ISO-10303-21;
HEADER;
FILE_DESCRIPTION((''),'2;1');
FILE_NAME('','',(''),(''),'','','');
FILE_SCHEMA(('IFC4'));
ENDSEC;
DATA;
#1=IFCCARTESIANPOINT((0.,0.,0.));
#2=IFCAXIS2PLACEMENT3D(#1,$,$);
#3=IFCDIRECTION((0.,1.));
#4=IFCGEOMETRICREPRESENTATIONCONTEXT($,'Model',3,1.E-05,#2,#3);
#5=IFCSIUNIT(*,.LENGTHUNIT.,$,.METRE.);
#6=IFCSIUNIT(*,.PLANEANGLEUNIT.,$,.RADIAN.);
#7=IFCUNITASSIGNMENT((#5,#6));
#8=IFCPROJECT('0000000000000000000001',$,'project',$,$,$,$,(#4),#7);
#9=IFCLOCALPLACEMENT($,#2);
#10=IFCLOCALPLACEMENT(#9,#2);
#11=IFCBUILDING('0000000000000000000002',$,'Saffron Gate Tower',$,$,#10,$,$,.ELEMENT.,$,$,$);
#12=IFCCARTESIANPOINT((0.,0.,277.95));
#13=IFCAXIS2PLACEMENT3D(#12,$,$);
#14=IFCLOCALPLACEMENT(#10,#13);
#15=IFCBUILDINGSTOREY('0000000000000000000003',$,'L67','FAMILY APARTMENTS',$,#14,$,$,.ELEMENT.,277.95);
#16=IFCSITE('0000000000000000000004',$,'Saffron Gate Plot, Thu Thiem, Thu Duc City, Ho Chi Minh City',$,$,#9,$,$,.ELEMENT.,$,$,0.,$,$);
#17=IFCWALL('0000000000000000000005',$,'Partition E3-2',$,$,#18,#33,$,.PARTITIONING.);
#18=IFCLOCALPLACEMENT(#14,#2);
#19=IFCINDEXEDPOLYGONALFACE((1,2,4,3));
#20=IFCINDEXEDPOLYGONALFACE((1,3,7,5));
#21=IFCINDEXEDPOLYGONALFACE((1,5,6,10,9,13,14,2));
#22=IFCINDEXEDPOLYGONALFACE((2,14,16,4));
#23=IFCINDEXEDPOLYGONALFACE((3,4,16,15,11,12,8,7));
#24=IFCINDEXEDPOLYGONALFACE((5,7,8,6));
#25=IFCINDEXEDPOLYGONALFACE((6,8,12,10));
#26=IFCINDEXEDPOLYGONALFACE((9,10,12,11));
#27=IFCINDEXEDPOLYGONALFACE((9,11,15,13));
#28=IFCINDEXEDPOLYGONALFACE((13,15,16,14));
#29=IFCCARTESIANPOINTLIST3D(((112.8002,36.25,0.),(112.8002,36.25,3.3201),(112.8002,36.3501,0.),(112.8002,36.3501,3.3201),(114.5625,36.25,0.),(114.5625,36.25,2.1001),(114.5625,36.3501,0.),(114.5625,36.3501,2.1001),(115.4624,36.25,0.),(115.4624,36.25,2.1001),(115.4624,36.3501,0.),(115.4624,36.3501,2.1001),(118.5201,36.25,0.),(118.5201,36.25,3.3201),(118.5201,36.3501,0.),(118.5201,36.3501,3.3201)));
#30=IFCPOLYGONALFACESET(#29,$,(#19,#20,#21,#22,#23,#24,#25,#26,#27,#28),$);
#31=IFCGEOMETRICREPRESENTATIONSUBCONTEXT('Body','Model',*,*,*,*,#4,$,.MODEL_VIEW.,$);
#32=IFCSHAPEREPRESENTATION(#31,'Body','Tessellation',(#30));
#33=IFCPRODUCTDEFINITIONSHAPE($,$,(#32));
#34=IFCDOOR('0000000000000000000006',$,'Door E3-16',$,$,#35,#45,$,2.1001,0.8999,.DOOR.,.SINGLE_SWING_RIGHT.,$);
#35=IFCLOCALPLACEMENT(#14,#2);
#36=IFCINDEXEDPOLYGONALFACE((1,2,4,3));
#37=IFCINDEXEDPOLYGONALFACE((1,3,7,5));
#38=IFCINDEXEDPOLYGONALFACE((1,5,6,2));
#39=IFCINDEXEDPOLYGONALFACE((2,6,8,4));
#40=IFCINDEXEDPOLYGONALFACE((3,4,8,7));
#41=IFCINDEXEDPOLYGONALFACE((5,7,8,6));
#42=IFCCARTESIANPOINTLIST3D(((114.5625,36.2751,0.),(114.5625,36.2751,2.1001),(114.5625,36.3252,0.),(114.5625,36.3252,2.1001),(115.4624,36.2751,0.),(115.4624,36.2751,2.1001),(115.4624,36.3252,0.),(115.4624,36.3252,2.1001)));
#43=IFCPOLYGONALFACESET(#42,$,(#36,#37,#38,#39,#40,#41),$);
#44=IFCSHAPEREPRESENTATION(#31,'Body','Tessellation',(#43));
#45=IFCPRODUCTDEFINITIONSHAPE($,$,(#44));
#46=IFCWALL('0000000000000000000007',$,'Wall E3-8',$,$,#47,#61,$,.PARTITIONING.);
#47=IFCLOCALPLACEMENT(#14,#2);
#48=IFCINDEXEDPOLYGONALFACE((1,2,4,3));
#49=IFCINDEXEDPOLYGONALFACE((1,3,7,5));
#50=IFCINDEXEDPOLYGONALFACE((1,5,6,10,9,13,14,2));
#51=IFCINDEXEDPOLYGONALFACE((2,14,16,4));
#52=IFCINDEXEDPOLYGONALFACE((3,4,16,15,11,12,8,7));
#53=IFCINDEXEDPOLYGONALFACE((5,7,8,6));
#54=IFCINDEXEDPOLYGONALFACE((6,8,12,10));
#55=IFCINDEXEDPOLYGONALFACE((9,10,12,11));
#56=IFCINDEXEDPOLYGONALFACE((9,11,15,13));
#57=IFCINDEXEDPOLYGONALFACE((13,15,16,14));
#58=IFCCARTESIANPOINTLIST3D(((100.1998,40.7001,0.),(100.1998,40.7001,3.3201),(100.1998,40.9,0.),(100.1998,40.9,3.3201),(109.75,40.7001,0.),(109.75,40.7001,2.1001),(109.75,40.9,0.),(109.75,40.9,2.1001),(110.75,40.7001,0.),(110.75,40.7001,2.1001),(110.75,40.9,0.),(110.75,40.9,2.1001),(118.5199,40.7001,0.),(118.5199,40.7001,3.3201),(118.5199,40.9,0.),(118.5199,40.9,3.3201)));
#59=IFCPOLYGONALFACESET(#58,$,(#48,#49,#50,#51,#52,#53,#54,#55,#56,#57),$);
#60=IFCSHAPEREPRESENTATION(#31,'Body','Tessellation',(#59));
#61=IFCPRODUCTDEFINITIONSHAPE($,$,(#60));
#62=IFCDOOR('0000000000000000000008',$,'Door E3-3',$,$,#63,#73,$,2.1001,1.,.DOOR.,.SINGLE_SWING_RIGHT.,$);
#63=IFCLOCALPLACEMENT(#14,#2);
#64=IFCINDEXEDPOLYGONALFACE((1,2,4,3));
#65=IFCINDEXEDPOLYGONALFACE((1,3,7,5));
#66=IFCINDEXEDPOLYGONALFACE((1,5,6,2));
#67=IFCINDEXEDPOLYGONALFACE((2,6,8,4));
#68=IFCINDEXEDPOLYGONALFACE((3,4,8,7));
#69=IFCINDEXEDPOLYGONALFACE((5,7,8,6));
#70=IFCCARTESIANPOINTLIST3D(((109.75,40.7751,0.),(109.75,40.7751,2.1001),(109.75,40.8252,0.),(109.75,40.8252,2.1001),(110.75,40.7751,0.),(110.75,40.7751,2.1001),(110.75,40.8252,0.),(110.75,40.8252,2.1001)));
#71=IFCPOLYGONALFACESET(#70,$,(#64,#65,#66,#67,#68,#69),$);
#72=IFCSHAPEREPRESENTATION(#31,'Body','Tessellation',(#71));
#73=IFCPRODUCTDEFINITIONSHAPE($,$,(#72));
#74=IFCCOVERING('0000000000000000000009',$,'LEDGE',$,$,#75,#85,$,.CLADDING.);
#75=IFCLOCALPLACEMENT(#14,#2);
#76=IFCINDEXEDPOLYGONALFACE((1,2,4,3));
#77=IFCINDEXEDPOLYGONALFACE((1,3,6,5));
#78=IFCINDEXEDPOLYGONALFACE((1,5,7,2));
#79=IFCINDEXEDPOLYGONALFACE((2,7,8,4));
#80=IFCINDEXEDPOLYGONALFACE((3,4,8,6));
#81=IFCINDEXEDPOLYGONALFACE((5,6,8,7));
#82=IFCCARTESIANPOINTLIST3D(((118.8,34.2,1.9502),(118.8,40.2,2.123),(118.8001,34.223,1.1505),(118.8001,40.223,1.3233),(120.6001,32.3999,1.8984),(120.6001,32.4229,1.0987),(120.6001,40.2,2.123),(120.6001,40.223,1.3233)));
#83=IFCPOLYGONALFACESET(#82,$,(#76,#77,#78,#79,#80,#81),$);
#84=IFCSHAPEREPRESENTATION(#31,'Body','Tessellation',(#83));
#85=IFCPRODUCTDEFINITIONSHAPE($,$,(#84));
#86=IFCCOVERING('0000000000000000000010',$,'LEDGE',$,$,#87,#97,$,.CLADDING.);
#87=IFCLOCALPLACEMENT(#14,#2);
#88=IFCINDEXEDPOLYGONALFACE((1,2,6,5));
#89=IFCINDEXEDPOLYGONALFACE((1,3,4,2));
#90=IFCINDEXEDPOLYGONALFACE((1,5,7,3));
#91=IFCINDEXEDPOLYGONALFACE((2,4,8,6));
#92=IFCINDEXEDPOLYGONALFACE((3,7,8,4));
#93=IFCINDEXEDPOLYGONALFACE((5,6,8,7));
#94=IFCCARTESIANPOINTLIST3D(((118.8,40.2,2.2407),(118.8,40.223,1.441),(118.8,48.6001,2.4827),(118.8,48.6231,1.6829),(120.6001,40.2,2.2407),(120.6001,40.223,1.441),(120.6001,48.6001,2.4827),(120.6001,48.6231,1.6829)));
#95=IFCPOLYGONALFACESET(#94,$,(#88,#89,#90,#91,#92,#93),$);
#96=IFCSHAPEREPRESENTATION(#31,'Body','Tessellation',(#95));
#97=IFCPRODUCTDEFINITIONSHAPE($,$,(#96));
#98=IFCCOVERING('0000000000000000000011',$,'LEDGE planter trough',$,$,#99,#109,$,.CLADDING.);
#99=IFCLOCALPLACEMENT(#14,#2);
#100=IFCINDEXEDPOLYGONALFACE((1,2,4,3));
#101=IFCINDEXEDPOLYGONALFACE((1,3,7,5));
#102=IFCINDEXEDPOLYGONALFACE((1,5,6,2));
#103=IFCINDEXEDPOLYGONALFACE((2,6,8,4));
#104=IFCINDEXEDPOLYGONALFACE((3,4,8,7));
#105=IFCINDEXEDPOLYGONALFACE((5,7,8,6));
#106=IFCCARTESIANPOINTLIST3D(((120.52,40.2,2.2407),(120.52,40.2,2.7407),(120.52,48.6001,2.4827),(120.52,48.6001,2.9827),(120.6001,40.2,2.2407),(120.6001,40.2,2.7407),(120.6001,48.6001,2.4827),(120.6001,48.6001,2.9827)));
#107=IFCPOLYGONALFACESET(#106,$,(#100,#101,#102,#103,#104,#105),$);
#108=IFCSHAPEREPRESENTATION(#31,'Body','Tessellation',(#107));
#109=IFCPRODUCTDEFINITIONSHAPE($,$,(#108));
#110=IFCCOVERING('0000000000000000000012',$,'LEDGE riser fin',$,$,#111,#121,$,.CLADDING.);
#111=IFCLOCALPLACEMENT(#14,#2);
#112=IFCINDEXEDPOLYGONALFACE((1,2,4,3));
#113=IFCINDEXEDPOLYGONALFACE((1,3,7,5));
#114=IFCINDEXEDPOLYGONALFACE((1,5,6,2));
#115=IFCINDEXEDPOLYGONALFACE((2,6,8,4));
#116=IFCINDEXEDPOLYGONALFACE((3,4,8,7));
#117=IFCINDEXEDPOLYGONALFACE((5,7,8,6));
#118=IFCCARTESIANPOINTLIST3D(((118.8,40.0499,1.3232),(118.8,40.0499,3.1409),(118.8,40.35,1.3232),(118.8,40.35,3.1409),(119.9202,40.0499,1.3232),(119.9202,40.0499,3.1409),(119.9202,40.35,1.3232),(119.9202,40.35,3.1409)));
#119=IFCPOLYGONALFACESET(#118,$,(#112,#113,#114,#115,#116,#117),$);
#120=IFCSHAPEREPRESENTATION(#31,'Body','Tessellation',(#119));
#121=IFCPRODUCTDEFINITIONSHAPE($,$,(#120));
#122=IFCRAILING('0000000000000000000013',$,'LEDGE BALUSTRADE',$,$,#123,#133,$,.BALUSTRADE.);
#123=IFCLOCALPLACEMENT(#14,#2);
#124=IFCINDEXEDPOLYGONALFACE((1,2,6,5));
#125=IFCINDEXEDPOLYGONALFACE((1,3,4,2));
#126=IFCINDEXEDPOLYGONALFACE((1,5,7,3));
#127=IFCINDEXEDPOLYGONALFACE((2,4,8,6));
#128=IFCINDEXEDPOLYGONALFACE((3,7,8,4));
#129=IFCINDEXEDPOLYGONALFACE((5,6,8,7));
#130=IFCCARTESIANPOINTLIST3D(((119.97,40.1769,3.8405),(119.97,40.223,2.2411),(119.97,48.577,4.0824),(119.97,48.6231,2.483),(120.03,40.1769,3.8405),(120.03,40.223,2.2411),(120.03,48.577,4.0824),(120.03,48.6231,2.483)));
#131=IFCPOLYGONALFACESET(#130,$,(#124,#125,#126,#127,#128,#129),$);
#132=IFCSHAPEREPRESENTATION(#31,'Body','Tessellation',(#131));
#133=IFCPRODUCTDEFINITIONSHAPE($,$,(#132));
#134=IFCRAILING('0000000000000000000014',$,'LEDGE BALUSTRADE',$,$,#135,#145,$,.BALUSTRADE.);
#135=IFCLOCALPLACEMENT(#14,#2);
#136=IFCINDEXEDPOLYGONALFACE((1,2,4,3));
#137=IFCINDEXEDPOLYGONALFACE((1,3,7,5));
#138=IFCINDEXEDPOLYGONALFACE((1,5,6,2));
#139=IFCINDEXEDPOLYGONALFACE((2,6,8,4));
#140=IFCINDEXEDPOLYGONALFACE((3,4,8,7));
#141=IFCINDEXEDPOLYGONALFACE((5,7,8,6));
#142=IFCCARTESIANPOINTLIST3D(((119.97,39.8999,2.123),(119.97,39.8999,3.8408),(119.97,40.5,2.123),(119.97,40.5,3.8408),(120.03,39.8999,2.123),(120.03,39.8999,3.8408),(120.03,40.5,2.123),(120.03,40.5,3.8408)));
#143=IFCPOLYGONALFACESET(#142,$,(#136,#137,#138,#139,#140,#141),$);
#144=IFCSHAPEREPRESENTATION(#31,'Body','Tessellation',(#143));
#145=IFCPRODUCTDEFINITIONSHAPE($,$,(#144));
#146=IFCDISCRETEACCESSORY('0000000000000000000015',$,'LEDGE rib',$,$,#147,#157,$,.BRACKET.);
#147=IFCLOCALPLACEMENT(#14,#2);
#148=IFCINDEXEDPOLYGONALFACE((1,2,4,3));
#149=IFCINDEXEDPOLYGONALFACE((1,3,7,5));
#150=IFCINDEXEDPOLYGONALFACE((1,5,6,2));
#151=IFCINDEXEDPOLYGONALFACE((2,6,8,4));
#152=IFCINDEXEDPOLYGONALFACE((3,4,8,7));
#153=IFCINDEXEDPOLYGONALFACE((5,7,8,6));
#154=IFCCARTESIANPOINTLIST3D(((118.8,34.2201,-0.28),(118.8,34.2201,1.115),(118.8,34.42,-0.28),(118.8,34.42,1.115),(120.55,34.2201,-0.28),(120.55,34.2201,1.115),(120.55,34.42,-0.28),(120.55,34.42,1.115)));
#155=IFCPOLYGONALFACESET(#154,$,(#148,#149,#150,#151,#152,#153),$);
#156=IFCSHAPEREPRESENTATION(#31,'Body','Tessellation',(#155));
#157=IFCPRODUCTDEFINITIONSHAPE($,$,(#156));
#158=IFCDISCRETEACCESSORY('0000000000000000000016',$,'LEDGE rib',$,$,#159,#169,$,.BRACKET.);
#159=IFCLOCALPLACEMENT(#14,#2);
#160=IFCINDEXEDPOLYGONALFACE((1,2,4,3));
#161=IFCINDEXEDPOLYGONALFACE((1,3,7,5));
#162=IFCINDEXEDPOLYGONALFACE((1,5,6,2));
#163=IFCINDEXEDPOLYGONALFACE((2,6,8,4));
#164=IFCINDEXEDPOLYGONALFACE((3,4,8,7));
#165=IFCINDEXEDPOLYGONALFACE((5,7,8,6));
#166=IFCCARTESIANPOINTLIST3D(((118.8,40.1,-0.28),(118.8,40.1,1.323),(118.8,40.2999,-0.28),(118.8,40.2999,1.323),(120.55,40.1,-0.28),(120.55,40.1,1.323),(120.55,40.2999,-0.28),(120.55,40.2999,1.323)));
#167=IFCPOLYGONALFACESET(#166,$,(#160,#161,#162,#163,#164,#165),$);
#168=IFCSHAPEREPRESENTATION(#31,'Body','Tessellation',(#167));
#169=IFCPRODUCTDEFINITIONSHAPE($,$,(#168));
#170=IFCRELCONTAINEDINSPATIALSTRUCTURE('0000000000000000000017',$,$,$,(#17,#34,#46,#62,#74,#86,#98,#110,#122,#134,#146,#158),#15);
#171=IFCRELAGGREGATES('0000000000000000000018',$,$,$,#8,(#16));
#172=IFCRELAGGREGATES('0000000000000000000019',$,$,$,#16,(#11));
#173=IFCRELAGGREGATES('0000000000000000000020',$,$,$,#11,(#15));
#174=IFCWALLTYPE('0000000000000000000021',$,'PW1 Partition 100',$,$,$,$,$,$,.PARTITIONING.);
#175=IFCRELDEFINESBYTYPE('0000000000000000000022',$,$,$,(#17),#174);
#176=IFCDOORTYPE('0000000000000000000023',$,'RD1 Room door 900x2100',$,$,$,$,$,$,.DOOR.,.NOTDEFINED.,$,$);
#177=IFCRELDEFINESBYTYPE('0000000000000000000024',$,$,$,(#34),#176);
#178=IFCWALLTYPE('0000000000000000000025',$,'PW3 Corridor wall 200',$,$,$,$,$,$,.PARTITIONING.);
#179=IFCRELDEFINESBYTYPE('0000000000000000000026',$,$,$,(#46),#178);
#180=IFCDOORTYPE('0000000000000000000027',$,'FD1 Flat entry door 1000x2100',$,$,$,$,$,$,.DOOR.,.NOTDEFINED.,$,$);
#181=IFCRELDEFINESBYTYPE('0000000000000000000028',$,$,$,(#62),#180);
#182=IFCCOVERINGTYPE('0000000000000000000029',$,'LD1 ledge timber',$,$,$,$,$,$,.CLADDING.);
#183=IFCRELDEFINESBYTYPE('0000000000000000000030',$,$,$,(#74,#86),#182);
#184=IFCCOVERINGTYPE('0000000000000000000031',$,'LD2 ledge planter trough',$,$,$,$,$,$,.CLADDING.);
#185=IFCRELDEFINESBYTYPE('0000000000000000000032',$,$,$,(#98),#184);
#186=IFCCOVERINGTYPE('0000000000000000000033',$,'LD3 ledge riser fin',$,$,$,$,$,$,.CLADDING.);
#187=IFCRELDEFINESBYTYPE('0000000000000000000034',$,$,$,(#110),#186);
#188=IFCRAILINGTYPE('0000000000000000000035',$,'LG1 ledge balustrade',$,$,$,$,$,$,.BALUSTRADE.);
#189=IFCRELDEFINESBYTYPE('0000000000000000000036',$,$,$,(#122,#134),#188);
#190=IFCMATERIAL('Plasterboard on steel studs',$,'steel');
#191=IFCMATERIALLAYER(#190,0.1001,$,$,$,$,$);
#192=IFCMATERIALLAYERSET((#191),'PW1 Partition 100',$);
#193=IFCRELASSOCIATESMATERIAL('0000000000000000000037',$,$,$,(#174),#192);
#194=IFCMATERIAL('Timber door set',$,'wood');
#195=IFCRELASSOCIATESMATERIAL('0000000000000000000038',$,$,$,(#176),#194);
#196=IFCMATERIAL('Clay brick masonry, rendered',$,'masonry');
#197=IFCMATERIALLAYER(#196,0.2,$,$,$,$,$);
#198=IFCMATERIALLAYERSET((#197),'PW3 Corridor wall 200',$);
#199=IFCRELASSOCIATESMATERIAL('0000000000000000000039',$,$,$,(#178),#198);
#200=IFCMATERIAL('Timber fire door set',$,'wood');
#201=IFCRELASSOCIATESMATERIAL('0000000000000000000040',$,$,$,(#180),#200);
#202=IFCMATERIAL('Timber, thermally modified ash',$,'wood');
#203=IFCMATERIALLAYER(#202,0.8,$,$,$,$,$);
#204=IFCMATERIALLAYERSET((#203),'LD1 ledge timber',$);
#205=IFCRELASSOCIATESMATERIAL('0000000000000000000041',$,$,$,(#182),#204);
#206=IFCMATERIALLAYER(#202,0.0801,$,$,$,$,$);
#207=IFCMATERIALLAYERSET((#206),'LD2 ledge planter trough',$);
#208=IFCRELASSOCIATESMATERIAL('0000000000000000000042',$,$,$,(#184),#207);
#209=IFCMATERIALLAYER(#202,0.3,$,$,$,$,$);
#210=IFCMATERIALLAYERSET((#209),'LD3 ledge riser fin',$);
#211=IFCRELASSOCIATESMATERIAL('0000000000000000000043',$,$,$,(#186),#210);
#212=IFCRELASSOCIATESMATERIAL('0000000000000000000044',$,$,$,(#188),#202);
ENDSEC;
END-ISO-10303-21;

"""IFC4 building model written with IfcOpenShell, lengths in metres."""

from ifc_helpers import new_model, si_unit, direction, frame, frame_2d, origin, origin_2d, place, context, subcontext, project, spatial, polyline, rectangle, outline, extrude, material, layer, layer_set, type_object, element, fill, save


model = new_model("IFC4")

# Units and contexts
model_context = context("Model", 3, precision=1e-05, world=origin(), true_north=direction((0.0, 1.0)))
body_context = subcontext(model_context, "Body", "Model", "MODEL_VIEW")
ifc_project = project(units=[si_unit("LENGTHUNIT", "METRE"), si_unit("PLANEANGLEUNIT", "RADIAN")], contexts=[model_context])

# Site, building, storey
site_placement = place(None, origin())
site = spatial("IfcSite", under=ifc_project, at=site_placement, Name="Saffron Gate Plot, Thu Thiem, Thu Duc City, Ho Chi Minh City", CompositionType="ELEMENT", RefElevation=0.0)
building_placement = place(site_placement, origin())
building = spatial("IfcBuilding", under=site, at=building_placement, Name="Saffron Gate Tower", CompositionType="ELEMENT")
storey_placement = place(building_placement, frame((0.0, 0.0, 277.95)))
storey = spatial("IfcBuildingStorey", under=building, at=storey_placement, Name="L67", Description="FAMILY APARTMENTS", CompositionType="ELEMENT", Elevation=277.95)

# Walls, openings, doors
ifc_material_1 = material(Name="Plasterboard on steel studs", Category="steel")
ifc_layer_1 = layer(ifc_material_1, 0.1001)
ifc_layer_set_1 = layer_set([ifc_layer_1], Name="PW1 Partition 100")
wall_type_1 = type_object("IfcWallType", Name="PW1 Partition 100", PredefinedType="PARTITIONING", material=ifc_layer_set_1)
wall_1_placement = place(storey_placement, frame((118.52, 36.3, 0.0), z_axis=(0.0, 0.0, 1.0), x_axis=(-1.0, 0.0, 0.0)))
wall_1 = element("IfcWall", 1, at=wall_1_placement, inside=storey, type_object=wall_type_1, Name="Partition E3-2", PredefinedType="PARTITIONING", context=body_context, shape_type="SweptSolid", body=[
    extrude(rectangle(XDim=5.72, YDim=0.1001, at=frame_2d((2.8599, 0.0))), origin(), (0.0, 0.0, 1.0), 3.3201),
])
opening_1_placement = place(wall_1_placement, frame((3.0576, 0.0, 0.0)))
opening_1 = element("IfcOpeningElement", 2, at=opening_1_placement, cuts=wall_1, PredefinedType="OPENING", context=body_context, shape_type="SweptSolid", body=[
    extrude(rectangle(XDim=0.8999, YDim=2.1001, at=frame_2d((0.45, 1.05))), frame((0.0, 0.0601, 0.0), z_axis=(0.0, -1.0, 0.0), x_axis=(1.0, 0.0, 0.0)), (0.0, 0.0, 1.0), 0.1201),
])
ifc_material_2 = material(Name="Timber door set", Category="wood")
door_type_1 = type_object("IfcDoorType", Name="RD1 Room door 900x2100", OperationType="NOTDEFINED", PredefinedType="DOOR", material=ifc_material_2)
door_1_placement = place(opening_1_placement, origin())
door_1 = element("IfcDoor", 3, at=door_1_placement, inside=storey, type_object=door_type_1, Name="Door E3-16", OperationType="SINGLE_SWING_RIGHT", OverallHeight=2.1001, OverallWidth=0.8999, PredefinedType="DOOR", context=body_context, shape_type="SweptSolid", body=[
    extrude(rectangle(XDim=0.8999, YDim=2.1001, at=frame_2d((0.45, 1.05))), frame((0.0, 0.0249, 0.0), z_axis=(0.0, -1.0, 0.0), x_axis=(1.0, 0.0, 0.0)), (0.0, 0.0, 1.0), 0.05),
])
fill(opening_1, door_1)
ifc_material_3 = material(Name="Clay brick masonry, rendered", Category="masonry")
ifc_layer_2 = layer(ifc_material_3, 0.2)
ifc_layer_set_2 = layer_set([ifc_layer_2], Name="PW3 Corridor wall 200")
wall_type_2 = type_object("IfcWallType", Name="PW3 Corridor wall 200", PredefinedType="PARTITIONING", material=ifc_layer_set_2)
wall_2_placement = place(storey_placement, frame((118.52, 40.8, 0.0), z_axis=(0.0, 0.0, 1.0), x_axis=(-1.0, 0.0, 0.0)))
wall_2 = element("IfcWall", 4, at=wall_2_placement, inside=storey, type_object=wall_type_2, Name="Wall E3-8", PredefinedType="PARTITIONING", context=body_context, shape_type="SweptSolid", body=[
    extrude(rectangle(XDim=18.3201, YDim=0.2, at=frame_2d((9.1602, 0.0))), origin(), (0.0, 0.0, 1.0), 3.3201),
])
opening_2_placement = place(wall_2_placement, frame((7.77, 0.0, 0.0)))
opening_2 = element("IfcOpeningElement", 5, at=opening_2_placement, cuts=wall_2, PredefinedType="OPENING", context=body_context, shape_type="SweptSolid", body=[
    extrude(rectangle(XDim=1.0, YDim=2.1001, at=frame_2d((0.5, 1.05))), frame((0.0, 0.1099, 0.0), z_axis=(0.0, -1.0, 0.0), x_axis=(1.0, 0.0, 0.0)), (0.0, 0.0, 1.0), 0.22),
])
ifc_material_4 = material(Name="Timber fire door set", Category="wood")
door_type_2 = type_object("IfcDoorType", Name="FD1 Flat entry door 1000x2100", OperationType="NOTDEFINED", PredefinedType="DOOR", material=ifc_material_4)
door_2_placement = place(opening_2_placement, origin())
door_2 = element("IfcDoor", 6, at=door_2_placement, inside=storey, type_object=door_type_2, Name="Door E3-3", OperationType="SINGLE_SWING_RIGHT", OverallHeight=2.1001, OverallWidth=1.0, PredefinedType="DOOR", context=body_context, shape_type="SweptSolid", body=[
    extrude(rectangle(XDim=1.0, YDim=2.1001, at=frame_2d((0.5, 1.05))), frame((0.0, 0.0249, 0.0), z_axis=(0.0, -1.0, 0.0), x_axis=(1.0, 0.0, 0.0)), (0.0, 0.0, 1.0), 0.05),
])
fill(opening_2, door_2)

# Coverings
ifc_material_5 = material(Name="Timber, thermally modified ash", Category="wood")
ifc_layer_3 = layer(ifc_material_5, 0.8)
ifc_layer_set_3 = layer_set([ifc_layer_3], Name="LD1 ledge timber")
covering_type_1 = type_object("IfcCoveringType", Name="LD1 ledge timber", PredefinedType="CLADDING", material=ifc_layer_set_3)
covering_1_placement = place(storey_placement, frame((118.8, 34.2, 1.9502), z_axis=(-0.000024, -0.028789, 0.999585), x_axis=(0.0, 0.999585, 0.028789)))
element("IfcCovering", 7, at=covering_1_placement, inside=storey, type_object=covering_type_1, Name="LEDGE", PredefinedType="CLADDING", context=body_context, shape_type="SweptSolid", body=[
    extrude(outline(polyline([(0.0, 0.0), (6.0025, 0.0), (6.0025, -1.8), (-1.8008, -1.8), (0.0, 0.0)])), origin(), (0.0, 0.0, -1.0), 0.8),
])
covering_2_placement = place(storey_placement, frame((118.8, 40.2, 2.2407), z_axis=(0.0, -0.02879, 0.999585), x_axis=(0.0, 0.999585, 0.02879)))
element("IfcCovering", 8, at=covering_2_placement, inside=storey, type_object=covering_type_1, Name="LEDGE", PredefinedType="CLADDING", context=body_context, shape_type="SweptSolid", body=[
    extrude(outline(polyline([(0.0, 0.0), (8.4036, 0.0), (8.4036, -1.8), (0.0, -1.8), (0.0, 0.0)])), origin(), (0.0, 0.0, -1.0), 0.8),
])
ifc_layer_4 = layer(ifc_material_5, 0.0801)
ifc_layer_set_4 = layer_set([ifc_layer_4], Name="LD2 ledge planter trough")
covering_type_2 = type_object("IfcCoveringType", Name="LD2 ledge planter trough", PredefinedType="CLADDING", material=ifc_layer_set_4)
covering_3_placement = place(storey_placement, frame((120.6001, 40.2, 2.2407), z_axis=(1.0, 0.0, 0.0), x_axis=(0.0, 0.999585, 0.02879)))
element("IfcCovering", 9, at=covering_3_placement, inside=storey, type_object=covering_type_2, Name="LEDGE planter trough", PredefinedType="CLADDING", context=body_context, shape_type="SweptSolid", body=[
    extrude(outline(polyline([(0.0, 0.0), (8.4036, 0.0), (8.418, 0.4998), (0.0144, 0.4998), (0.0, 0.0)])), origin(), (0.0, 0.0, -1.0), 0.0801),
])
ifc_layer_5 = layer(ifc_material_5, 0.3)
ifc_layer_set_5 = layer_set([ifc_layer_5], Name="LD3 ledge riser fin")
covering_type_3 = type_object("IfcCoveringType", Name="LD3 ledge riser fin", PredefinedType="CLADDING", material=ifc_layer_set_5)
covering_4_placement = place(storey_placement, frame((119.3601, 40.2, 1.3232), z_axis=(0.0, 0.0, 1.0), x_axis=(0.0, 1.0, 0.0)))
element("IfcCovering", 10, at=covering_4_placement, inside=storey, type_object=covering_type_3, Name="LEDGE riser fin", PredefinedType="CLADDING", context=body_context, shape_type="SweptSolid", body=[
    extrude(rectangle(XDim=0.3, YDim=1.1201, at=origin_2d()), origin(), (0.0, 0.0, 1.0), 1.8176),
])

# Railings
railing_type = type_object("IfcRailingType", Name="LG1 ledge balustrade", PredefinedType="BALUSTRADE", material=ifc_material_5)
railing_1_placement = place(storey_placement, frame((120.0, 40.2, 2.2407)))
element("IfcRailing", 11, at=railing_1_placement, inside=storey, type_object=railing_type, Name="LEDGE BALUSTRADE", PredefinedType="BALUSTRADE", context=body_context, shape_type="SweptSolid", body=[
    extrude(rectangle(XDim=0.0601, YDim=1.6001, at=origin_2d()), frame((0.0, 0.0, 0.8), z_axis=(0.0, 0.999585, 0.02879), x_axis=(-1.0, 0.0, 0.0)), (0.0, 0.0, 1.0), 8.4036),
])
railing_2_placement = place(storey_placement, frame((120.0, 39.8999, 2.123)))
element("IfcRailing", 12, at=railing_2_placement, inside=storey, type_object=railing_type, Name="LEDGE BALUSTRADE", PredefinedType="BALUSTRADE", context=body_context, shape_type="SweptSolid", body=[
    extrude(rectangle(XDim=0.0601, YDim=1.7178, at=origin_2d()), frame((0.0, 0.0, 0.8589), z_axis=(0.0, 1.0, 0.0), x_axis=(-1.0, 0.0, 0.0)), (0.0, 0.0, 1.0), 0.6001),
])

# Discrete accessories
discrete_accessory_1_placement = place(storey_placement, frame((119.675, 34.3201, -0.28), z_axis=(0.0, 0.0, 1.0), x_axis=(0.0, 1.0, 0.0)))
element("IfcDiscreteAccessory", 13, at=discrete_accessory_1_placement, inside=storey, Name="LEDGE rib", PredefinedType="BRACKET", context=body_context, shape_type="SweptSolid", body=[
    extrude(rectangle(XDim=0.2, YDim=1.75, at=origin_2d()), origin(), (0.0, 0.0, 1.0), 1.395),
])
discrete_accessory_2_placement = place(storey_placement, frame((119.675, 40.2, -0.28), z_axis=(0.0, 0.0, 1.0), x_axis=(0.0, 1.0, 0.0)))
element("IfcDiscreteAccessory", 14, at=discrete_accessory_2_placement, inside=storey, Name="LEDGE rib", PredefinedType="BRACKET", context=body_context, shape_type="SweptSolid", body=[
    extrude(rectangle(XDim=0.2, YDim=1.75, at=origin_2d()), origin(), (0.0, 0.0, 1.0), 1.603),
])

save(model, "model.ifc")
